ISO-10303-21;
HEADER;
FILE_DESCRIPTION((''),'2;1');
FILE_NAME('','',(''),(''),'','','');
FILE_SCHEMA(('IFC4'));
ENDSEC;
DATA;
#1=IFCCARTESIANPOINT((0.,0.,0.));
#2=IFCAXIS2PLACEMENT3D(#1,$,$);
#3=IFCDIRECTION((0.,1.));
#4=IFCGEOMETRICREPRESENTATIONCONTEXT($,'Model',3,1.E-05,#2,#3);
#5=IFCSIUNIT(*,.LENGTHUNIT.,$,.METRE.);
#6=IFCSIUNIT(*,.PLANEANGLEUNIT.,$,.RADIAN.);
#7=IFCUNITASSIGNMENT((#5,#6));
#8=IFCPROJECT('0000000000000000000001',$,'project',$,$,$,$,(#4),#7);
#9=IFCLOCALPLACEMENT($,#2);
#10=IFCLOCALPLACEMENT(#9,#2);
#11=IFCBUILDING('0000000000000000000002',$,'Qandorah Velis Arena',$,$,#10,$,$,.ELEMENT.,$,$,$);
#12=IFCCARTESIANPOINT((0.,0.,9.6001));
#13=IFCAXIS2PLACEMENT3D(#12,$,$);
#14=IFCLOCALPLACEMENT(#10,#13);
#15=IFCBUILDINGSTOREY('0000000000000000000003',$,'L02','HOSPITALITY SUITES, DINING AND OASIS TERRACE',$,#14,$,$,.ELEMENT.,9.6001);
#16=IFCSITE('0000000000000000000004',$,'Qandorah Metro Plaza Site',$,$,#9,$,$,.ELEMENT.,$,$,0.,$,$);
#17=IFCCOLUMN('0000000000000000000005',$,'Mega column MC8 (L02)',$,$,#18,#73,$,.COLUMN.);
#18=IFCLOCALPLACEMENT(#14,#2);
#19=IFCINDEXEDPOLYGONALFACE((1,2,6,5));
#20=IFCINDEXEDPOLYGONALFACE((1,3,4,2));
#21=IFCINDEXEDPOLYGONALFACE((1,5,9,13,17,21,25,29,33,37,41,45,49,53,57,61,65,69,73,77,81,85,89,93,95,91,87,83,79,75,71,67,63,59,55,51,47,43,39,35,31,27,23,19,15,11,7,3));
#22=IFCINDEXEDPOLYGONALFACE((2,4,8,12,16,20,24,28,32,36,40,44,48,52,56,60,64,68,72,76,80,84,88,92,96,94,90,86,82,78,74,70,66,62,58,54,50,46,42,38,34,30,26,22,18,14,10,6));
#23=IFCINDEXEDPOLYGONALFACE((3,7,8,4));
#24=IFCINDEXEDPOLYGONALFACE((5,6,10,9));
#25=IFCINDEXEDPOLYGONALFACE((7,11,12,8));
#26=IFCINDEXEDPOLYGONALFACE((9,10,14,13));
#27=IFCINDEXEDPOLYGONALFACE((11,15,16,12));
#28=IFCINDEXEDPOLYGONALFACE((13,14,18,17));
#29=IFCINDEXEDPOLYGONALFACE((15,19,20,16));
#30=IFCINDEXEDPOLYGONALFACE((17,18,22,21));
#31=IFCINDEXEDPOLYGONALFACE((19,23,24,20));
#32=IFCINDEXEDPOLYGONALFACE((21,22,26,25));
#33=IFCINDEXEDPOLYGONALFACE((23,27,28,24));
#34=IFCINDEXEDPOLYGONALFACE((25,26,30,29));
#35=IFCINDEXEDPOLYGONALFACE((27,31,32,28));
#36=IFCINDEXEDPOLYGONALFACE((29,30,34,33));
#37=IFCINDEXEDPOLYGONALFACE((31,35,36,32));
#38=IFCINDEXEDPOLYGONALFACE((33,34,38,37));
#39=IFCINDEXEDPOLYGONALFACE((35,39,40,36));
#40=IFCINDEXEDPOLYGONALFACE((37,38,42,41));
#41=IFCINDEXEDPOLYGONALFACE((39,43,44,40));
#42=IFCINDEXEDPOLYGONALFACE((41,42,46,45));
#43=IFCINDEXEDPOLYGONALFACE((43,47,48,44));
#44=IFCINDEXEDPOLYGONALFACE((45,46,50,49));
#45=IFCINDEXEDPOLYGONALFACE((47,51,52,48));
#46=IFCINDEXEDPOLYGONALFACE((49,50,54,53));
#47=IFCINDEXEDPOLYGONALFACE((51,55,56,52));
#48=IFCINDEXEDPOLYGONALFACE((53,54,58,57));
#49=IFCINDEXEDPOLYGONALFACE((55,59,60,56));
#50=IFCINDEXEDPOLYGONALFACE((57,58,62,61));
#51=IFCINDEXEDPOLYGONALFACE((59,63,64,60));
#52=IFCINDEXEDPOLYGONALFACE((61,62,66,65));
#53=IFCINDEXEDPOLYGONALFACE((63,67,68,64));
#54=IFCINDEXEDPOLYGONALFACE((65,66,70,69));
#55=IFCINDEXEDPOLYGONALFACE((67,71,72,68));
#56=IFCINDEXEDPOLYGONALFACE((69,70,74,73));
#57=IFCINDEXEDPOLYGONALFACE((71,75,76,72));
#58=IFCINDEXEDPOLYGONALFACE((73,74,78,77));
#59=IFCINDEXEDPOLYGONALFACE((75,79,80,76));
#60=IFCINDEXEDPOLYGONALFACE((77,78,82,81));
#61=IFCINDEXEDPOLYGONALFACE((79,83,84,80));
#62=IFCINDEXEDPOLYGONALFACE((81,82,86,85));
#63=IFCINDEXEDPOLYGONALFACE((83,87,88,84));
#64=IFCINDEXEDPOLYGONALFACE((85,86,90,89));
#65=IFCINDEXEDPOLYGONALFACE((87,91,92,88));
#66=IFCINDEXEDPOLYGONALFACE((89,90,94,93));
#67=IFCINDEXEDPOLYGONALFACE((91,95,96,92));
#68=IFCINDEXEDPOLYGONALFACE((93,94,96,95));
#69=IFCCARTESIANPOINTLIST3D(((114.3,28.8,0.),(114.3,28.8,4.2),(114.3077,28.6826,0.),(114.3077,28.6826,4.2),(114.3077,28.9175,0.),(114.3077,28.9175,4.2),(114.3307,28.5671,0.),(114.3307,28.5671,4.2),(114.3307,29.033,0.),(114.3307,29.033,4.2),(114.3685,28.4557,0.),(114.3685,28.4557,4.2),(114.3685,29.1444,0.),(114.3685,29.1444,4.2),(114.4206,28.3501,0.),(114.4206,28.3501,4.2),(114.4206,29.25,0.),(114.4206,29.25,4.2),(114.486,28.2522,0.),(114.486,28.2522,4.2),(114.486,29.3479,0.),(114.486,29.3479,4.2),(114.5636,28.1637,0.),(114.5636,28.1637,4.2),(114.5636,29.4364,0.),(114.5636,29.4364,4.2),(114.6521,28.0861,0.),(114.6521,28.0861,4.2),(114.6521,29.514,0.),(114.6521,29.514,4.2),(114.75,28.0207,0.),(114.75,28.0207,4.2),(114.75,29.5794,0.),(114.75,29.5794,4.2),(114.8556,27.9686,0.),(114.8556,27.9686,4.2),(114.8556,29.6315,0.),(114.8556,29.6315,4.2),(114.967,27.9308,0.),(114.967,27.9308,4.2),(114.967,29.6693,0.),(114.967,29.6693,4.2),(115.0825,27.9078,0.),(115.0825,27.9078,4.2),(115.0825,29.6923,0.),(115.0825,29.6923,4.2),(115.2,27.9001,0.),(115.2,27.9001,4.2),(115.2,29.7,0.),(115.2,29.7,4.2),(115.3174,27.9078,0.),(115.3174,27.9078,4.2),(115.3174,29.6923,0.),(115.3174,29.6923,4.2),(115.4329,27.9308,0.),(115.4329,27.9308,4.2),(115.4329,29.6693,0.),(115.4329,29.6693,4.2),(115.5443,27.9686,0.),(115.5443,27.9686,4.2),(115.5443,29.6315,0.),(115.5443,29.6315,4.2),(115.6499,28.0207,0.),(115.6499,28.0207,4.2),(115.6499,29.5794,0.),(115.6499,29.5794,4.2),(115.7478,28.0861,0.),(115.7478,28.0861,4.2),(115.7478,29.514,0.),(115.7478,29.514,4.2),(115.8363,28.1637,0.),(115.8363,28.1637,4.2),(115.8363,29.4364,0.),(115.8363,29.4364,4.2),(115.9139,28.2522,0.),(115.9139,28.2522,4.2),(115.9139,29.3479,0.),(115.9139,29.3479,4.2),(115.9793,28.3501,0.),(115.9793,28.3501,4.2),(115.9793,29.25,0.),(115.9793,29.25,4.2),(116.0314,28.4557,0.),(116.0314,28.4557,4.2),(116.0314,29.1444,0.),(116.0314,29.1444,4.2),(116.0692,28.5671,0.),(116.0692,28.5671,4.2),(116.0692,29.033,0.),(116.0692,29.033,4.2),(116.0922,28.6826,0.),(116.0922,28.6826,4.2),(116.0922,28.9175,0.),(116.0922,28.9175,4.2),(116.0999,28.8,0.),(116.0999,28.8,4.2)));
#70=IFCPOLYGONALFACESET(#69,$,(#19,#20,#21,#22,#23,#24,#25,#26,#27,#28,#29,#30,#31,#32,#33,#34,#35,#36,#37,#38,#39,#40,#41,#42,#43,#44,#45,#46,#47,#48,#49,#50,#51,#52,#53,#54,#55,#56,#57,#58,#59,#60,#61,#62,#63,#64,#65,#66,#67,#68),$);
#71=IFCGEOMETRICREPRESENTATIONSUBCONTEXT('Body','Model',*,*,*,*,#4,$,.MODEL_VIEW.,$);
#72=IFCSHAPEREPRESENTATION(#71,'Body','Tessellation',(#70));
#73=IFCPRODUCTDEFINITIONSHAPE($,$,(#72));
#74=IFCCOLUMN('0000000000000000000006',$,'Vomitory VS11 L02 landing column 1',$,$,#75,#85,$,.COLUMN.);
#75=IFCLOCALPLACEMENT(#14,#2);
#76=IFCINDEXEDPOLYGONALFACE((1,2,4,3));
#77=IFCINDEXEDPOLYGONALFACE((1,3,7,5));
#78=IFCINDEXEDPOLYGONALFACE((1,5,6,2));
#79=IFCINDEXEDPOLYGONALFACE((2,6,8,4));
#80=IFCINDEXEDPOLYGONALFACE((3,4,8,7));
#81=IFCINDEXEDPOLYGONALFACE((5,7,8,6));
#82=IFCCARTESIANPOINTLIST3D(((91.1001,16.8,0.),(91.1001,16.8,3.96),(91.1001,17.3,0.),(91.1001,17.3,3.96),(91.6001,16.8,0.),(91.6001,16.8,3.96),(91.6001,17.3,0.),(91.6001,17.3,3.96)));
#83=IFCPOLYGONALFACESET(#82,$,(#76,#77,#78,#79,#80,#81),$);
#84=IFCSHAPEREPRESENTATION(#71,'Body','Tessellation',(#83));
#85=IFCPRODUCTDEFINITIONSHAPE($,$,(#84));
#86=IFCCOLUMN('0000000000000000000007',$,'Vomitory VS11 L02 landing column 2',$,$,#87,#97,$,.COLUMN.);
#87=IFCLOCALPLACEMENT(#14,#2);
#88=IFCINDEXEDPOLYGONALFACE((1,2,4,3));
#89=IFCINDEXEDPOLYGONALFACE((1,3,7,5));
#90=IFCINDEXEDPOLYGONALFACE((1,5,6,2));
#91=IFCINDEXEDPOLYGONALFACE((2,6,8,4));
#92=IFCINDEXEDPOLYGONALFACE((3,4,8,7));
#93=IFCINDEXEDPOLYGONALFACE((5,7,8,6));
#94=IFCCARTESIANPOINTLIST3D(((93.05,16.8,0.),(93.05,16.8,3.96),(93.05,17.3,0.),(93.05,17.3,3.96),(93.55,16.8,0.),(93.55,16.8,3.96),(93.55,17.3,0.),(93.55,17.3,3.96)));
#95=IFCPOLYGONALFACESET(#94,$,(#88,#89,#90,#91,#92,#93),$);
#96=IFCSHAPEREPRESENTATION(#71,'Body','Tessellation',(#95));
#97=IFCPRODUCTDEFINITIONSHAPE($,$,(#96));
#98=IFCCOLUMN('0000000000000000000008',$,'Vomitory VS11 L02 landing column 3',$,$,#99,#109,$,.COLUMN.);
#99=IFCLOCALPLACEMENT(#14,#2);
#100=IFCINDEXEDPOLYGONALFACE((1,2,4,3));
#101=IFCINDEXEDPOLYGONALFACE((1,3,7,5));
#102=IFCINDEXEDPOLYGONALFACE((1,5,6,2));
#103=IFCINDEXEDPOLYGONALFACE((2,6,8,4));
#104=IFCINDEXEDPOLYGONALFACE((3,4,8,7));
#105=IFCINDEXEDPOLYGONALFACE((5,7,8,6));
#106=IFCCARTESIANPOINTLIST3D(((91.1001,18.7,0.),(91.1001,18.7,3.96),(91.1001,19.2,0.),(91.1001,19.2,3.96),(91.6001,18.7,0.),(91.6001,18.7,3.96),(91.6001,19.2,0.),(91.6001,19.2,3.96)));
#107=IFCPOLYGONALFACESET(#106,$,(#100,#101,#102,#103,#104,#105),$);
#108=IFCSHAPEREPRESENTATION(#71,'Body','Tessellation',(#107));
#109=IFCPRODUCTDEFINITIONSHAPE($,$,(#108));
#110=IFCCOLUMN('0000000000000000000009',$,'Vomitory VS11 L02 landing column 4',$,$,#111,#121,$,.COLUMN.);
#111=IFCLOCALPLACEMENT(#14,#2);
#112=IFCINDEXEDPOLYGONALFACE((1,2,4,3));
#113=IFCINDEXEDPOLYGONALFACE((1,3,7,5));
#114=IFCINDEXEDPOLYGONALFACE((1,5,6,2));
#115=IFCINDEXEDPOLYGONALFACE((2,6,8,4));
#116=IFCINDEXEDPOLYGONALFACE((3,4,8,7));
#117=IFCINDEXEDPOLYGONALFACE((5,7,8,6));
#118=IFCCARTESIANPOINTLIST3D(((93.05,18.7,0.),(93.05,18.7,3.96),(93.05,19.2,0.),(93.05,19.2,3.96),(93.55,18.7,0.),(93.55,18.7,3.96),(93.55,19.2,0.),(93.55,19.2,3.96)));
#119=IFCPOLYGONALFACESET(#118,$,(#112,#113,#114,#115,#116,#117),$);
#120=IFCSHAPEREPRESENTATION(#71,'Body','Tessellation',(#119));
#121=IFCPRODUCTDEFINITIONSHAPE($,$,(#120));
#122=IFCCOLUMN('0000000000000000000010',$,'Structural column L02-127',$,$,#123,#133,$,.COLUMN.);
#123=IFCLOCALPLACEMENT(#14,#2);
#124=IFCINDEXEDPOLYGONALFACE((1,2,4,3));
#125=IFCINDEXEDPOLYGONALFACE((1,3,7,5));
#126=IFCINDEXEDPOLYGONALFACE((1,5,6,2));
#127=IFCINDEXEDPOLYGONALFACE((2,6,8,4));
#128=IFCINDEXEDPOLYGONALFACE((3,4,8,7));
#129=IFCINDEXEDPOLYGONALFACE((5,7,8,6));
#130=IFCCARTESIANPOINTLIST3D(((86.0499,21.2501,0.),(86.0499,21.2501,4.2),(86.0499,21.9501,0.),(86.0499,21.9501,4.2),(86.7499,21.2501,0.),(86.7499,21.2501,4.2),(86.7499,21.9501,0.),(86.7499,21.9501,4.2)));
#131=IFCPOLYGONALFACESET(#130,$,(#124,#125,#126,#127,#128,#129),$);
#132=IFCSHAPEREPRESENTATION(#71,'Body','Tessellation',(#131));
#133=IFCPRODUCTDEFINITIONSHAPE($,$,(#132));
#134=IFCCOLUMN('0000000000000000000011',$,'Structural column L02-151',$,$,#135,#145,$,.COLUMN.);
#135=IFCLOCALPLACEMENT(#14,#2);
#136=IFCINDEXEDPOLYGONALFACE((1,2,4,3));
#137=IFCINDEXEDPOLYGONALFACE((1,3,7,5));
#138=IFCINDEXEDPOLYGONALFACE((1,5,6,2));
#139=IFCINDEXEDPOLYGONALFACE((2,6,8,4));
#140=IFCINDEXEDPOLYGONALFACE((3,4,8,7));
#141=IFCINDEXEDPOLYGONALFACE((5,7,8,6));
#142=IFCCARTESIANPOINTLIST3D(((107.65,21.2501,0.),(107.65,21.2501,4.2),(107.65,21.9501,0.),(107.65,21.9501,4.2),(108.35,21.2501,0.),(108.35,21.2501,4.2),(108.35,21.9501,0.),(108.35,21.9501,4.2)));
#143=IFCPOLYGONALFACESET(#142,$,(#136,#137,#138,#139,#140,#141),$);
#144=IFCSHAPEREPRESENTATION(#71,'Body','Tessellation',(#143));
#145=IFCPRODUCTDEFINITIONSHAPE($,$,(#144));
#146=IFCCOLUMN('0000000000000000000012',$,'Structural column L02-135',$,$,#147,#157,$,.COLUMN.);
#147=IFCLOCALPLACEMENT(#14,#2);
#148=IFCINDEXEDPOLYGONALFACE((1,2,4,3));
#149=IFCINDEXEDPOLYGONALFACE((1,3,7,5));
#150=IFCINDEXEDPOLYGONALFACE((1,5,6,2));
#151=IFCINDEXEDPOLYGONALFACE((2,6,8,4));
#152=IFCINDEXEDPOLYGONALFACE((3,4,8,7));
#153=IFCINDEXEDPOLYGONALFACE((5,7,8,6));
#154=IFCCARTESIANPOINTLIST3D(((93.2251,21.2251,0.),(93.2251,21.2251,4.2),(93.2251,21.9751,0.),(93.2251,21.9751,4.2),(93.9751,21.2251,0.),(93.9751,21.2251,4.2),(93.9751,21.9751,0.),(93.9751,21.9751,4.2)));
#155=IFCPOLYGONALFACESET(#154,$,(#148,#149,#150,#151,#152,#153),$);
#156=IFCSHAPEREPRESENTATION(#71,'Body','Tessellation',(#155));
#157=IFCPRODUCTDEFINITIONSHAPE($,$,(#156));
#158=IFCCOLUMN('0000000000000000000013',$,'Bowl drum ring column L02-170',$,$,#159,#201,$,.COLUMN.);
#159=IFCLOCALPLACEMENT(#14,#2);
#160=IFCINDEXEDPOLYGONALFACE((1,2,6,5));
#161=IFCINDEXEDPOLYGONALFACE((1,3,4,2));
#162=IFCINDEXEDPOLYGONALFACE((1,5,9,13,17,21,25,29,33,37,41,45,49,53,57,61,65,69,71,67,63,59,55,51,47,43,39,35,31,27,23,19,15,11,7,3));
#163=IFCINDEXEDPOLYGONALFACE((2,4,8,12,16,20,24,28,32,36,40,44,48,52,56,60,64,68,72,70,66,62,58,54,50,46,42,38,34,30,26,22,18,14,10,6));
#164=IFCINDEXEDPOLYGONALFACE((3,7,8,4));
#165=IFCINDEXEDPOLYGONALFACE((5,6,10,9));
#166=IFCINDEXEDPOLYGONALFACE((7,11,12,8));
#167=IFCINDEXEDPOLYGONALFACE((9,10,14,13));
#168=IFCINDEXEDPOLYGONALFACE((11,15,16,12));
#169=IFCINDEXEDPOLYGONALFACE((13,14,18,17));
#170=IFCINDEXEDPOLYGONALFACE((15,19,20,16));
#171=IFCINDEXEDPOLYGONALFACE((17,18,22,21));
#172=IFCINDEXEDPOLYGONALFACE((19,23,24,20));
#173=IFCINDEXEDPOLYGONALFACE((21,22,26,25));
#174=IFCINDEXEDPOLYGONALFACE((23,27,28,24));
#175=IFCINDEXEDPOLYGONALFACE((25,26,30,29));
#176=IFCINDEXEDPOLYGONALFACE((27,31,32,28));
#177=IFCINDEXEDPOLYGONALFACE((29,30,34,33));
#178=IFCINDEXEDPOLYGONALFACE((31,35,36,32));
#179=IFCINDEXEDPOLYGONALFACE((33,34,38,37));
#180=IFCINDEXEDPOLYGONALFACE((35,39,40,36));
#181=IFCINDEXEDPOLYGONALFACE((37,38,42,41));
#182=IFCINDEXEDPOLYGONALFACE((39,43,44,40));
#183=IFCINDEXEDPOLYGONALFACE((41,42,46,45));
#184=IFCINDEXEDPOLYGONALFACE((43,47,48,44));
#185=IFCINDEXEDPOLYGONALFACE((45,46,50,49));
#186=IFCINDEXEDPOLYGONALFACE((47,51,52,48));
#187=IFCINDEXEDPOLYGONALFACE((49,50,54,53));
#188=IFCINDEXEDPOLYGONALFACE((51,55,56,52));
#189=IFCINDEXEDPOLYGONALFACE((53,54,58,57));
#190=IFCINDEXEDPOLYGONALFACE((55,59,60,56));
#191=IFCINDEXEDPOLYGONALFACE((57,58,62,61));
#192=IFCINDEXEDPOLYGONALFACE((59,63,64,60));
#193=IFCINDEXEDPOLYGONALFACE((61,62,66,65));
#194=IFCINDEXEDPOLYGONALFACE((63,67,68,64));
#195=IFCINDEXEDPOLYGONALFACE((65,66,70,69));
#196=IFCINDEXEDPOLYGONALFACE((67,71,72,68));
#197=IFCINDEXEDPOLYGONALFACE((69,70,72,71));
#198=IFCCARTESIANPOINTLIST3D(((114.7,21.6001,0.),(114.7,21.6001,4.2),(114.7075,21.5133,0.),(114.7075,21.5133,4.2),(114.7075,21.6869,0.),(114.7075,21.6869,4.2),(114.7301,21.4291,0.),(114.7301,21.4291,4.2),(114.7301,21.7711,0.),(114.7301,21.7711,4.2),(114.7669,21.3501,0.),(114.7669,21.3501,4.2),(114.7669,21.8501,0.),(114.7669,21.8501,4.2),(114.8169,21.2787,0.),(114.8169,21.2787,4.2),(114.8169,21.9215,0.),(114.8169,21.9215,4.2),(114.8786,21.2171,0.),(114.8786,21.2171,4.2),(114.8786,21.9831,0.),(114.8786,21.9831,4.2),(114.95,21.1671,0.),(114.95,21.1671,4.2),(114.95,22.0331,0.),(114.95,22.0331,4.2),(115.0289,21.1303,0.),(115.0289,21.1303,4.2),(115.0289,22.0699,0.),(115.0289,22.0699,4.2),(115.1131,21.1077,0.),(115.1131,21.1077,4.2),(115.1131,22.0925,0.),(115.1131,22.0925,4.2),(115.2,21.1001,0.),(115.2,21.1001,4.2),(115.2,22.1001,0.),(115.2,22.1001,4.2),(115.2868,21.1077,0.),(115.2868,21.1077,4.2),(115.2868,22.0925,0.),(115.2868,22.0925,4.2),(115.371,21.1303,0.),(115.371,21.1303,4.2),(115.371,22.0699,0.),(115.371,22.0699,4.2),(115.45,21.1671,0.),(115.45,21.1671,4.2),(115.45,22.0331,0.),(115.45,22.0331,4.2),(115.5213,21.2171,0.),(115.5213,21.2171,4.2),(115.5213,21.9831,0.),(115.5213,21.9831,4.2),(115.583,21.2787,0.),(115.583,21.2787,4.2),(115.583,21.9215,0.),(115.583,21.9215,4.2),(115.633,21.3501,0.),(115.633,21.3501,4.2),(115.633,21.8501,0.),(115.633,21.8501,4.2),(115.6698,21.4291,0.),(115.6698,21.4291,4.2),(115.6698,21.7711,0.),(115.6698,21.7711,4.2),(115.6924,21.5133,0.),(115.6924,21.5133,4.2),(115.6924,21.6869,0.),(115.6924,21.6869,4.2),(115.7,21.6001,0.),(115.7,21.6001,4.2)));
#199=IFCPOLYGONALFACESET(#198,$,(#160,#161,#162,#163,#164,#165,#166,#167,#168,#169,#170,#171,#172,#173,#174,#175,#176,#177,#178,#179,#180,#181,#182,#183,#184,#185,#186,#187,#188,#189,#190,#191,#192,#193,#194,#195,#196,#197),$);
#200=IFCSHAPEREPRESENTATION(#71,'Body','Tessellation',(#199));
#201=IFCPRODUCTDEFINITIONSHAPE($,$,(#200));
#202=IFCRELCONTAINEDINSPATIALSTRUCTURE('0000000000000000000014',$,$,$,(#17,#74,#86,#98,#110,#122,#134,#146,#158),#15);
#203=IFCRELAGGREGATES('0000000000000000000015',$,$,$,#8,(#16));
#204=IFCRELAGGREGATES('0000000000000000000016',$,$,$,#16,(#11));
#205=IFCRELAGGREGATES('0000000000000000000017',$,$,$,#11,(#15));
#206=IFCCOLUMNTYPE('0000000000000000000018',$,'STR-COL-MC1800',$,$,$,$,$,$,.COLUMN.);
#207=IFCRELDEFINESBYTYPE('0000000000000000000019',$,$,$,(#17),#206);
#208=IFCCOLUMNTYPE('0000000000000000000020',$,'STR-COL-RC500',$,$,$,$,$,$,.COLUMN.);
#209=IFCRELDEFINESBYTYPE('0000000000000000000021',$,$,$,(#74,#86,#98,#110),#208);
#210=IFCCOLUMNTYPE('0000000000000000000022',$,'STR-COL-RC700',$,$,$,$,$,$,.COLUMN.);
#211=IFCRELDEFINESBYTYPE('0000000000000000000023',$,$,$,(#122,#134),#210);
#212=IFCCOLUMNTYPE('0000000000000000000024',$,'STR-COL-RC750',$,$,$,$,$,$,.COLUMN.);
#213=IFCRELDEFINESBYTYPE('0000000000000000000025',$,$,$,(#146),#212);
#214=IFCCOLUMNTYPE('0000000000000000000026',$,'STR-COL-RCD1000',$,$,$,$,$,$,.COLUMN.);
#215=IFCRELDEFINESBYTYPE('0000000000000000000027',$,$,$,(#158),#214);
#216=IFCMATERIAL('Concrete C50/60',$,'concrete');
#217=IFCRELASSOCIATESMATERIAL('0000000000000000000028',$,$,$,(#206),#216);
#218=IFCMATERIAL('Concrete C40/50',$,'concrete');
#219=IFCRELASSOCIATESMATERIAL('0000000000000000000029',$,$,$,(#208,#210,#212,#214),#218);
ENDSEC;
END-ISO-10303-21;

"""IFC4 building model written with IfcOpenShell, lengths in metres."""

from ifc_helpers import new_model, si_unit, direction, frame, origin, origin_2d, place, context, subcontext, project, spatial, rectangle, circle, extrude, material, material_profile, profile_set, type_object, element, save


model = new_model("IFC4")

# Units and contexts
model_context = context("Model", 3, precision=1e-05, world=origin(), true_north=direction((0.0, 1.0)))
body_context = subcontext(model_context, "Body", "Model", "MODEL_VIEW")
ifc_project = project(units=[si_unit("LENGTHUNIT", "METRE"), si_unit("PLANEANGLEUNIT", "RADIAN")], contexts=[model_context])

# Site, building, storey
site_placement = place(None, origin())
site = spatial("IfcSite", under=ifc_project, at=site_placement, Name="Qandorah Metro Plaza Site", CompositionType="ELEMENT", RefElevation=0.0)
building_placement = place(site_placement, origin())
building = spatial("IfcBuilding", under=site, at=building_placement, Name="Qandorah Velis Arena", CompositionType="ELEMENT")
storey_placement = place(building_placement, frame((0.0, 0.0, 9.6001)))
storey = spatial("IfcBuildingStorey", under=building, at=storey_placement, Name="L02", Description="HOSPITALITY SUITES, DINING AND OASIS TERRACE", CompositionType="ELEMENT", Elevation=9.6001)

# Columns
ifc_material_1 = material(Name="Concrete C50/60", Category="concrete")
ifc_material_profile_1 = material_profile(ifc_material_1, circle(Radius=0.8999, at=origin_2d()), Name="MC D1800")
ifc_profile_set_1 = profile_set([ifc_material_profile_1], Name="Concrete C50/60")
column_type_1 = type_object("IfcColumnType", Name="STR-COL-MC1800", PredefinedType="COLUMN", material=ifc_profile_set_1)
column_1_placement = place(storey_placement, frame((115.2, 28.8, 0.0), z_axis=(0.0, 0.0, 1.0), x_axis=(1.0, 0.0, 0.0)))
element("IfcColumn", 1, at=column_1_placement, inside=storey, type_object=column_type_1, Name="Mega column MC8 (L02)", PredefinedType="COLUMN", context=body_context, shape_type="SweptSolid", body=[
    extrude(circle(Radius=0.8999, at=origin_2d()), origin(), (0.0, 0.0, 1.0), 4.2),
])
ifc_material_2 = material(Name="Concrete C40/50", Category="concrete")
ifc_material_profile_2 = material_profile(ifc_material_2, rectangle(XDim=0.5, YDim=0.5, at=origin_2d()), Name="RC COL 500x500")
ifc_profile_set_2 = profile_set([ifc_material_profile_2], Name="Concrete C40/50")
column_type_2 = type_object("IfcColumnType", Name="STR-COL-RC500", PredefinedType="COLUMN", material=ifc_profile_set_2)
for number, where, z_axis, x_axis, name in (
    (2, (91.3501, 17.05, 0.0), (0.0, 0.0, 1.0), (1.0, 0.0, 0.0), "Vomitory VS11 L02 landing column 1"),
    (3, (93.3, 17.05, 0.0), (0.0, 0.0, 1.0), (1.0, 0.0, 0.0), "Vomitory VS11 L02 landing column 2"),
    (4, (91.3501, 18.95, 0.0), (0.0, 0.0, 1.0), (1.0, 0.0, 0.0), "Vomitory VS11 L02 landing column 3"),
    (5, (93.3, 18.95, 0.0), (0.0, 0.0, 1.0), (1.0, 0.0, 0.0), "Vomitory VS11 L02 landing column 4"),
):
    element("IfcColumn", number, at=place(storey_placement, frame(where, z_axis=z_axis, x_axis=x_axis)), inside=storey, type_object=column_type_2, Name=name, PredefinedType="COLUMN", context=body_context, shape_type="SweptSolid", body=[
        extrude(rectangle(XDim=0.5, YDim=0.5, at=origin_2d()), origin(), (0.0, 0.0, 1.0), 3.96),
    ])
ifc_material_profile_3 = material_profile(ifc_material_2, rectangle(XDim=0.7, YDim=0.7, at=origin_2d()), Name="RC COL 700x700")
ifc_profile_set_3 = profile_set([ifc_material_profile_3], Name="Concrete C40/50")
column_type_3 = type_object("IfcColumnType", Name="STR-COL-RC700", PredefinedType="COLUMN", material=ifc_profile_set_3)
for number, where, z_axis, x_axis, name in (
    (6, (86.3999, 21.6001, 0.0), (0.0, 0.0, 1.0), (1.0, 0.0, 0.0), "Structural column L02-127"),
    (7, (108.0, 21.6001, 0.0), (0.0, 0.0, 1.0), (1.0, 0.0, 0.0), "Structural column L02-151"),
):
    element("IfcColumn", number, at=place(storey_placement, frame(where, z_axis=z_axis, x_axis=x_axis)), inside=storey, type_object=column_type_3, Name=name, PredefinedType="COLUMN", context=body_context, shape_type="SweptSolid", body=[
        extrude(rectangle(XDim=0.7, YDim=0.7, at=origin_2d()), origin(), (0.0, 0.0, 1.0), 4.2),
    ])
ifc_material_profile_4 = material_profile(ifc_material_2, rectangle(XDim=0.75, YDim=0.75, at=origin_2d()), Name="RC COL 750x750")
ifc_profile_set_4 = profile_set([ifc_material_profile_4], Name="Concrete C40/50")
column_type_4 = type_object("IfcColumnType", Name="STR-COL-RC750", PredefinedType="COLUMN", material=ifc_profile_set_4)
column_2_placement = place(storey_placement, frame((93.6001, 21.6001, 0.0), z_axis=(0.0, 0.0, 1.0), x_axis=(1.0, 0.0, 0.0)))
element("IfcColumn", 8, at=column_2_placement, inside=storey, type_object=column_type_4, Name="Structural column L02-135", PredefinedType="COLUMN", context=body_context, shape_type="SweptSolid", body=[
    extrude(rectangle(XDim=0.75, YDim=0.75, at=origin_2d()), origin(), (0.0, 0.0, 1.0), 4.2),
])
ifc_material_profile_5 = material_profile(ifc_material_2, circle(Radius=0.5, at=origin_2d()), Name="RC D1000")
ifc_profile_set_5 = profile_set([ifc_material_profile_5], Name="Concrete C40/50")
column_type_5 = type_object("IfcColumnType", Name="STR-COL-RCD1000", PredefinedType="COLUMN", material=ifc_profile_set_5)
column_3_placement = place(storey_placement, frame((115.2, 21.6001, 0.0), z_axis=(0.0, 0.0, 1.0), x_axis=(1.0, 0.0, 0.0)))
element("IfcColumn", 9, at=column_3_placement, inside=storey, type_object=column_type_5, Name="Bowl drum ring column L02-170", PredefinedType="COLUMN", context=body_context, shape_type="SweptSolid", body=[
    extrude(circle(Radius=0.5, at=origin_2d()), origin(), (0.0, 0.0, 1.0), 4.2),
])

save(model, "model.ifc")
